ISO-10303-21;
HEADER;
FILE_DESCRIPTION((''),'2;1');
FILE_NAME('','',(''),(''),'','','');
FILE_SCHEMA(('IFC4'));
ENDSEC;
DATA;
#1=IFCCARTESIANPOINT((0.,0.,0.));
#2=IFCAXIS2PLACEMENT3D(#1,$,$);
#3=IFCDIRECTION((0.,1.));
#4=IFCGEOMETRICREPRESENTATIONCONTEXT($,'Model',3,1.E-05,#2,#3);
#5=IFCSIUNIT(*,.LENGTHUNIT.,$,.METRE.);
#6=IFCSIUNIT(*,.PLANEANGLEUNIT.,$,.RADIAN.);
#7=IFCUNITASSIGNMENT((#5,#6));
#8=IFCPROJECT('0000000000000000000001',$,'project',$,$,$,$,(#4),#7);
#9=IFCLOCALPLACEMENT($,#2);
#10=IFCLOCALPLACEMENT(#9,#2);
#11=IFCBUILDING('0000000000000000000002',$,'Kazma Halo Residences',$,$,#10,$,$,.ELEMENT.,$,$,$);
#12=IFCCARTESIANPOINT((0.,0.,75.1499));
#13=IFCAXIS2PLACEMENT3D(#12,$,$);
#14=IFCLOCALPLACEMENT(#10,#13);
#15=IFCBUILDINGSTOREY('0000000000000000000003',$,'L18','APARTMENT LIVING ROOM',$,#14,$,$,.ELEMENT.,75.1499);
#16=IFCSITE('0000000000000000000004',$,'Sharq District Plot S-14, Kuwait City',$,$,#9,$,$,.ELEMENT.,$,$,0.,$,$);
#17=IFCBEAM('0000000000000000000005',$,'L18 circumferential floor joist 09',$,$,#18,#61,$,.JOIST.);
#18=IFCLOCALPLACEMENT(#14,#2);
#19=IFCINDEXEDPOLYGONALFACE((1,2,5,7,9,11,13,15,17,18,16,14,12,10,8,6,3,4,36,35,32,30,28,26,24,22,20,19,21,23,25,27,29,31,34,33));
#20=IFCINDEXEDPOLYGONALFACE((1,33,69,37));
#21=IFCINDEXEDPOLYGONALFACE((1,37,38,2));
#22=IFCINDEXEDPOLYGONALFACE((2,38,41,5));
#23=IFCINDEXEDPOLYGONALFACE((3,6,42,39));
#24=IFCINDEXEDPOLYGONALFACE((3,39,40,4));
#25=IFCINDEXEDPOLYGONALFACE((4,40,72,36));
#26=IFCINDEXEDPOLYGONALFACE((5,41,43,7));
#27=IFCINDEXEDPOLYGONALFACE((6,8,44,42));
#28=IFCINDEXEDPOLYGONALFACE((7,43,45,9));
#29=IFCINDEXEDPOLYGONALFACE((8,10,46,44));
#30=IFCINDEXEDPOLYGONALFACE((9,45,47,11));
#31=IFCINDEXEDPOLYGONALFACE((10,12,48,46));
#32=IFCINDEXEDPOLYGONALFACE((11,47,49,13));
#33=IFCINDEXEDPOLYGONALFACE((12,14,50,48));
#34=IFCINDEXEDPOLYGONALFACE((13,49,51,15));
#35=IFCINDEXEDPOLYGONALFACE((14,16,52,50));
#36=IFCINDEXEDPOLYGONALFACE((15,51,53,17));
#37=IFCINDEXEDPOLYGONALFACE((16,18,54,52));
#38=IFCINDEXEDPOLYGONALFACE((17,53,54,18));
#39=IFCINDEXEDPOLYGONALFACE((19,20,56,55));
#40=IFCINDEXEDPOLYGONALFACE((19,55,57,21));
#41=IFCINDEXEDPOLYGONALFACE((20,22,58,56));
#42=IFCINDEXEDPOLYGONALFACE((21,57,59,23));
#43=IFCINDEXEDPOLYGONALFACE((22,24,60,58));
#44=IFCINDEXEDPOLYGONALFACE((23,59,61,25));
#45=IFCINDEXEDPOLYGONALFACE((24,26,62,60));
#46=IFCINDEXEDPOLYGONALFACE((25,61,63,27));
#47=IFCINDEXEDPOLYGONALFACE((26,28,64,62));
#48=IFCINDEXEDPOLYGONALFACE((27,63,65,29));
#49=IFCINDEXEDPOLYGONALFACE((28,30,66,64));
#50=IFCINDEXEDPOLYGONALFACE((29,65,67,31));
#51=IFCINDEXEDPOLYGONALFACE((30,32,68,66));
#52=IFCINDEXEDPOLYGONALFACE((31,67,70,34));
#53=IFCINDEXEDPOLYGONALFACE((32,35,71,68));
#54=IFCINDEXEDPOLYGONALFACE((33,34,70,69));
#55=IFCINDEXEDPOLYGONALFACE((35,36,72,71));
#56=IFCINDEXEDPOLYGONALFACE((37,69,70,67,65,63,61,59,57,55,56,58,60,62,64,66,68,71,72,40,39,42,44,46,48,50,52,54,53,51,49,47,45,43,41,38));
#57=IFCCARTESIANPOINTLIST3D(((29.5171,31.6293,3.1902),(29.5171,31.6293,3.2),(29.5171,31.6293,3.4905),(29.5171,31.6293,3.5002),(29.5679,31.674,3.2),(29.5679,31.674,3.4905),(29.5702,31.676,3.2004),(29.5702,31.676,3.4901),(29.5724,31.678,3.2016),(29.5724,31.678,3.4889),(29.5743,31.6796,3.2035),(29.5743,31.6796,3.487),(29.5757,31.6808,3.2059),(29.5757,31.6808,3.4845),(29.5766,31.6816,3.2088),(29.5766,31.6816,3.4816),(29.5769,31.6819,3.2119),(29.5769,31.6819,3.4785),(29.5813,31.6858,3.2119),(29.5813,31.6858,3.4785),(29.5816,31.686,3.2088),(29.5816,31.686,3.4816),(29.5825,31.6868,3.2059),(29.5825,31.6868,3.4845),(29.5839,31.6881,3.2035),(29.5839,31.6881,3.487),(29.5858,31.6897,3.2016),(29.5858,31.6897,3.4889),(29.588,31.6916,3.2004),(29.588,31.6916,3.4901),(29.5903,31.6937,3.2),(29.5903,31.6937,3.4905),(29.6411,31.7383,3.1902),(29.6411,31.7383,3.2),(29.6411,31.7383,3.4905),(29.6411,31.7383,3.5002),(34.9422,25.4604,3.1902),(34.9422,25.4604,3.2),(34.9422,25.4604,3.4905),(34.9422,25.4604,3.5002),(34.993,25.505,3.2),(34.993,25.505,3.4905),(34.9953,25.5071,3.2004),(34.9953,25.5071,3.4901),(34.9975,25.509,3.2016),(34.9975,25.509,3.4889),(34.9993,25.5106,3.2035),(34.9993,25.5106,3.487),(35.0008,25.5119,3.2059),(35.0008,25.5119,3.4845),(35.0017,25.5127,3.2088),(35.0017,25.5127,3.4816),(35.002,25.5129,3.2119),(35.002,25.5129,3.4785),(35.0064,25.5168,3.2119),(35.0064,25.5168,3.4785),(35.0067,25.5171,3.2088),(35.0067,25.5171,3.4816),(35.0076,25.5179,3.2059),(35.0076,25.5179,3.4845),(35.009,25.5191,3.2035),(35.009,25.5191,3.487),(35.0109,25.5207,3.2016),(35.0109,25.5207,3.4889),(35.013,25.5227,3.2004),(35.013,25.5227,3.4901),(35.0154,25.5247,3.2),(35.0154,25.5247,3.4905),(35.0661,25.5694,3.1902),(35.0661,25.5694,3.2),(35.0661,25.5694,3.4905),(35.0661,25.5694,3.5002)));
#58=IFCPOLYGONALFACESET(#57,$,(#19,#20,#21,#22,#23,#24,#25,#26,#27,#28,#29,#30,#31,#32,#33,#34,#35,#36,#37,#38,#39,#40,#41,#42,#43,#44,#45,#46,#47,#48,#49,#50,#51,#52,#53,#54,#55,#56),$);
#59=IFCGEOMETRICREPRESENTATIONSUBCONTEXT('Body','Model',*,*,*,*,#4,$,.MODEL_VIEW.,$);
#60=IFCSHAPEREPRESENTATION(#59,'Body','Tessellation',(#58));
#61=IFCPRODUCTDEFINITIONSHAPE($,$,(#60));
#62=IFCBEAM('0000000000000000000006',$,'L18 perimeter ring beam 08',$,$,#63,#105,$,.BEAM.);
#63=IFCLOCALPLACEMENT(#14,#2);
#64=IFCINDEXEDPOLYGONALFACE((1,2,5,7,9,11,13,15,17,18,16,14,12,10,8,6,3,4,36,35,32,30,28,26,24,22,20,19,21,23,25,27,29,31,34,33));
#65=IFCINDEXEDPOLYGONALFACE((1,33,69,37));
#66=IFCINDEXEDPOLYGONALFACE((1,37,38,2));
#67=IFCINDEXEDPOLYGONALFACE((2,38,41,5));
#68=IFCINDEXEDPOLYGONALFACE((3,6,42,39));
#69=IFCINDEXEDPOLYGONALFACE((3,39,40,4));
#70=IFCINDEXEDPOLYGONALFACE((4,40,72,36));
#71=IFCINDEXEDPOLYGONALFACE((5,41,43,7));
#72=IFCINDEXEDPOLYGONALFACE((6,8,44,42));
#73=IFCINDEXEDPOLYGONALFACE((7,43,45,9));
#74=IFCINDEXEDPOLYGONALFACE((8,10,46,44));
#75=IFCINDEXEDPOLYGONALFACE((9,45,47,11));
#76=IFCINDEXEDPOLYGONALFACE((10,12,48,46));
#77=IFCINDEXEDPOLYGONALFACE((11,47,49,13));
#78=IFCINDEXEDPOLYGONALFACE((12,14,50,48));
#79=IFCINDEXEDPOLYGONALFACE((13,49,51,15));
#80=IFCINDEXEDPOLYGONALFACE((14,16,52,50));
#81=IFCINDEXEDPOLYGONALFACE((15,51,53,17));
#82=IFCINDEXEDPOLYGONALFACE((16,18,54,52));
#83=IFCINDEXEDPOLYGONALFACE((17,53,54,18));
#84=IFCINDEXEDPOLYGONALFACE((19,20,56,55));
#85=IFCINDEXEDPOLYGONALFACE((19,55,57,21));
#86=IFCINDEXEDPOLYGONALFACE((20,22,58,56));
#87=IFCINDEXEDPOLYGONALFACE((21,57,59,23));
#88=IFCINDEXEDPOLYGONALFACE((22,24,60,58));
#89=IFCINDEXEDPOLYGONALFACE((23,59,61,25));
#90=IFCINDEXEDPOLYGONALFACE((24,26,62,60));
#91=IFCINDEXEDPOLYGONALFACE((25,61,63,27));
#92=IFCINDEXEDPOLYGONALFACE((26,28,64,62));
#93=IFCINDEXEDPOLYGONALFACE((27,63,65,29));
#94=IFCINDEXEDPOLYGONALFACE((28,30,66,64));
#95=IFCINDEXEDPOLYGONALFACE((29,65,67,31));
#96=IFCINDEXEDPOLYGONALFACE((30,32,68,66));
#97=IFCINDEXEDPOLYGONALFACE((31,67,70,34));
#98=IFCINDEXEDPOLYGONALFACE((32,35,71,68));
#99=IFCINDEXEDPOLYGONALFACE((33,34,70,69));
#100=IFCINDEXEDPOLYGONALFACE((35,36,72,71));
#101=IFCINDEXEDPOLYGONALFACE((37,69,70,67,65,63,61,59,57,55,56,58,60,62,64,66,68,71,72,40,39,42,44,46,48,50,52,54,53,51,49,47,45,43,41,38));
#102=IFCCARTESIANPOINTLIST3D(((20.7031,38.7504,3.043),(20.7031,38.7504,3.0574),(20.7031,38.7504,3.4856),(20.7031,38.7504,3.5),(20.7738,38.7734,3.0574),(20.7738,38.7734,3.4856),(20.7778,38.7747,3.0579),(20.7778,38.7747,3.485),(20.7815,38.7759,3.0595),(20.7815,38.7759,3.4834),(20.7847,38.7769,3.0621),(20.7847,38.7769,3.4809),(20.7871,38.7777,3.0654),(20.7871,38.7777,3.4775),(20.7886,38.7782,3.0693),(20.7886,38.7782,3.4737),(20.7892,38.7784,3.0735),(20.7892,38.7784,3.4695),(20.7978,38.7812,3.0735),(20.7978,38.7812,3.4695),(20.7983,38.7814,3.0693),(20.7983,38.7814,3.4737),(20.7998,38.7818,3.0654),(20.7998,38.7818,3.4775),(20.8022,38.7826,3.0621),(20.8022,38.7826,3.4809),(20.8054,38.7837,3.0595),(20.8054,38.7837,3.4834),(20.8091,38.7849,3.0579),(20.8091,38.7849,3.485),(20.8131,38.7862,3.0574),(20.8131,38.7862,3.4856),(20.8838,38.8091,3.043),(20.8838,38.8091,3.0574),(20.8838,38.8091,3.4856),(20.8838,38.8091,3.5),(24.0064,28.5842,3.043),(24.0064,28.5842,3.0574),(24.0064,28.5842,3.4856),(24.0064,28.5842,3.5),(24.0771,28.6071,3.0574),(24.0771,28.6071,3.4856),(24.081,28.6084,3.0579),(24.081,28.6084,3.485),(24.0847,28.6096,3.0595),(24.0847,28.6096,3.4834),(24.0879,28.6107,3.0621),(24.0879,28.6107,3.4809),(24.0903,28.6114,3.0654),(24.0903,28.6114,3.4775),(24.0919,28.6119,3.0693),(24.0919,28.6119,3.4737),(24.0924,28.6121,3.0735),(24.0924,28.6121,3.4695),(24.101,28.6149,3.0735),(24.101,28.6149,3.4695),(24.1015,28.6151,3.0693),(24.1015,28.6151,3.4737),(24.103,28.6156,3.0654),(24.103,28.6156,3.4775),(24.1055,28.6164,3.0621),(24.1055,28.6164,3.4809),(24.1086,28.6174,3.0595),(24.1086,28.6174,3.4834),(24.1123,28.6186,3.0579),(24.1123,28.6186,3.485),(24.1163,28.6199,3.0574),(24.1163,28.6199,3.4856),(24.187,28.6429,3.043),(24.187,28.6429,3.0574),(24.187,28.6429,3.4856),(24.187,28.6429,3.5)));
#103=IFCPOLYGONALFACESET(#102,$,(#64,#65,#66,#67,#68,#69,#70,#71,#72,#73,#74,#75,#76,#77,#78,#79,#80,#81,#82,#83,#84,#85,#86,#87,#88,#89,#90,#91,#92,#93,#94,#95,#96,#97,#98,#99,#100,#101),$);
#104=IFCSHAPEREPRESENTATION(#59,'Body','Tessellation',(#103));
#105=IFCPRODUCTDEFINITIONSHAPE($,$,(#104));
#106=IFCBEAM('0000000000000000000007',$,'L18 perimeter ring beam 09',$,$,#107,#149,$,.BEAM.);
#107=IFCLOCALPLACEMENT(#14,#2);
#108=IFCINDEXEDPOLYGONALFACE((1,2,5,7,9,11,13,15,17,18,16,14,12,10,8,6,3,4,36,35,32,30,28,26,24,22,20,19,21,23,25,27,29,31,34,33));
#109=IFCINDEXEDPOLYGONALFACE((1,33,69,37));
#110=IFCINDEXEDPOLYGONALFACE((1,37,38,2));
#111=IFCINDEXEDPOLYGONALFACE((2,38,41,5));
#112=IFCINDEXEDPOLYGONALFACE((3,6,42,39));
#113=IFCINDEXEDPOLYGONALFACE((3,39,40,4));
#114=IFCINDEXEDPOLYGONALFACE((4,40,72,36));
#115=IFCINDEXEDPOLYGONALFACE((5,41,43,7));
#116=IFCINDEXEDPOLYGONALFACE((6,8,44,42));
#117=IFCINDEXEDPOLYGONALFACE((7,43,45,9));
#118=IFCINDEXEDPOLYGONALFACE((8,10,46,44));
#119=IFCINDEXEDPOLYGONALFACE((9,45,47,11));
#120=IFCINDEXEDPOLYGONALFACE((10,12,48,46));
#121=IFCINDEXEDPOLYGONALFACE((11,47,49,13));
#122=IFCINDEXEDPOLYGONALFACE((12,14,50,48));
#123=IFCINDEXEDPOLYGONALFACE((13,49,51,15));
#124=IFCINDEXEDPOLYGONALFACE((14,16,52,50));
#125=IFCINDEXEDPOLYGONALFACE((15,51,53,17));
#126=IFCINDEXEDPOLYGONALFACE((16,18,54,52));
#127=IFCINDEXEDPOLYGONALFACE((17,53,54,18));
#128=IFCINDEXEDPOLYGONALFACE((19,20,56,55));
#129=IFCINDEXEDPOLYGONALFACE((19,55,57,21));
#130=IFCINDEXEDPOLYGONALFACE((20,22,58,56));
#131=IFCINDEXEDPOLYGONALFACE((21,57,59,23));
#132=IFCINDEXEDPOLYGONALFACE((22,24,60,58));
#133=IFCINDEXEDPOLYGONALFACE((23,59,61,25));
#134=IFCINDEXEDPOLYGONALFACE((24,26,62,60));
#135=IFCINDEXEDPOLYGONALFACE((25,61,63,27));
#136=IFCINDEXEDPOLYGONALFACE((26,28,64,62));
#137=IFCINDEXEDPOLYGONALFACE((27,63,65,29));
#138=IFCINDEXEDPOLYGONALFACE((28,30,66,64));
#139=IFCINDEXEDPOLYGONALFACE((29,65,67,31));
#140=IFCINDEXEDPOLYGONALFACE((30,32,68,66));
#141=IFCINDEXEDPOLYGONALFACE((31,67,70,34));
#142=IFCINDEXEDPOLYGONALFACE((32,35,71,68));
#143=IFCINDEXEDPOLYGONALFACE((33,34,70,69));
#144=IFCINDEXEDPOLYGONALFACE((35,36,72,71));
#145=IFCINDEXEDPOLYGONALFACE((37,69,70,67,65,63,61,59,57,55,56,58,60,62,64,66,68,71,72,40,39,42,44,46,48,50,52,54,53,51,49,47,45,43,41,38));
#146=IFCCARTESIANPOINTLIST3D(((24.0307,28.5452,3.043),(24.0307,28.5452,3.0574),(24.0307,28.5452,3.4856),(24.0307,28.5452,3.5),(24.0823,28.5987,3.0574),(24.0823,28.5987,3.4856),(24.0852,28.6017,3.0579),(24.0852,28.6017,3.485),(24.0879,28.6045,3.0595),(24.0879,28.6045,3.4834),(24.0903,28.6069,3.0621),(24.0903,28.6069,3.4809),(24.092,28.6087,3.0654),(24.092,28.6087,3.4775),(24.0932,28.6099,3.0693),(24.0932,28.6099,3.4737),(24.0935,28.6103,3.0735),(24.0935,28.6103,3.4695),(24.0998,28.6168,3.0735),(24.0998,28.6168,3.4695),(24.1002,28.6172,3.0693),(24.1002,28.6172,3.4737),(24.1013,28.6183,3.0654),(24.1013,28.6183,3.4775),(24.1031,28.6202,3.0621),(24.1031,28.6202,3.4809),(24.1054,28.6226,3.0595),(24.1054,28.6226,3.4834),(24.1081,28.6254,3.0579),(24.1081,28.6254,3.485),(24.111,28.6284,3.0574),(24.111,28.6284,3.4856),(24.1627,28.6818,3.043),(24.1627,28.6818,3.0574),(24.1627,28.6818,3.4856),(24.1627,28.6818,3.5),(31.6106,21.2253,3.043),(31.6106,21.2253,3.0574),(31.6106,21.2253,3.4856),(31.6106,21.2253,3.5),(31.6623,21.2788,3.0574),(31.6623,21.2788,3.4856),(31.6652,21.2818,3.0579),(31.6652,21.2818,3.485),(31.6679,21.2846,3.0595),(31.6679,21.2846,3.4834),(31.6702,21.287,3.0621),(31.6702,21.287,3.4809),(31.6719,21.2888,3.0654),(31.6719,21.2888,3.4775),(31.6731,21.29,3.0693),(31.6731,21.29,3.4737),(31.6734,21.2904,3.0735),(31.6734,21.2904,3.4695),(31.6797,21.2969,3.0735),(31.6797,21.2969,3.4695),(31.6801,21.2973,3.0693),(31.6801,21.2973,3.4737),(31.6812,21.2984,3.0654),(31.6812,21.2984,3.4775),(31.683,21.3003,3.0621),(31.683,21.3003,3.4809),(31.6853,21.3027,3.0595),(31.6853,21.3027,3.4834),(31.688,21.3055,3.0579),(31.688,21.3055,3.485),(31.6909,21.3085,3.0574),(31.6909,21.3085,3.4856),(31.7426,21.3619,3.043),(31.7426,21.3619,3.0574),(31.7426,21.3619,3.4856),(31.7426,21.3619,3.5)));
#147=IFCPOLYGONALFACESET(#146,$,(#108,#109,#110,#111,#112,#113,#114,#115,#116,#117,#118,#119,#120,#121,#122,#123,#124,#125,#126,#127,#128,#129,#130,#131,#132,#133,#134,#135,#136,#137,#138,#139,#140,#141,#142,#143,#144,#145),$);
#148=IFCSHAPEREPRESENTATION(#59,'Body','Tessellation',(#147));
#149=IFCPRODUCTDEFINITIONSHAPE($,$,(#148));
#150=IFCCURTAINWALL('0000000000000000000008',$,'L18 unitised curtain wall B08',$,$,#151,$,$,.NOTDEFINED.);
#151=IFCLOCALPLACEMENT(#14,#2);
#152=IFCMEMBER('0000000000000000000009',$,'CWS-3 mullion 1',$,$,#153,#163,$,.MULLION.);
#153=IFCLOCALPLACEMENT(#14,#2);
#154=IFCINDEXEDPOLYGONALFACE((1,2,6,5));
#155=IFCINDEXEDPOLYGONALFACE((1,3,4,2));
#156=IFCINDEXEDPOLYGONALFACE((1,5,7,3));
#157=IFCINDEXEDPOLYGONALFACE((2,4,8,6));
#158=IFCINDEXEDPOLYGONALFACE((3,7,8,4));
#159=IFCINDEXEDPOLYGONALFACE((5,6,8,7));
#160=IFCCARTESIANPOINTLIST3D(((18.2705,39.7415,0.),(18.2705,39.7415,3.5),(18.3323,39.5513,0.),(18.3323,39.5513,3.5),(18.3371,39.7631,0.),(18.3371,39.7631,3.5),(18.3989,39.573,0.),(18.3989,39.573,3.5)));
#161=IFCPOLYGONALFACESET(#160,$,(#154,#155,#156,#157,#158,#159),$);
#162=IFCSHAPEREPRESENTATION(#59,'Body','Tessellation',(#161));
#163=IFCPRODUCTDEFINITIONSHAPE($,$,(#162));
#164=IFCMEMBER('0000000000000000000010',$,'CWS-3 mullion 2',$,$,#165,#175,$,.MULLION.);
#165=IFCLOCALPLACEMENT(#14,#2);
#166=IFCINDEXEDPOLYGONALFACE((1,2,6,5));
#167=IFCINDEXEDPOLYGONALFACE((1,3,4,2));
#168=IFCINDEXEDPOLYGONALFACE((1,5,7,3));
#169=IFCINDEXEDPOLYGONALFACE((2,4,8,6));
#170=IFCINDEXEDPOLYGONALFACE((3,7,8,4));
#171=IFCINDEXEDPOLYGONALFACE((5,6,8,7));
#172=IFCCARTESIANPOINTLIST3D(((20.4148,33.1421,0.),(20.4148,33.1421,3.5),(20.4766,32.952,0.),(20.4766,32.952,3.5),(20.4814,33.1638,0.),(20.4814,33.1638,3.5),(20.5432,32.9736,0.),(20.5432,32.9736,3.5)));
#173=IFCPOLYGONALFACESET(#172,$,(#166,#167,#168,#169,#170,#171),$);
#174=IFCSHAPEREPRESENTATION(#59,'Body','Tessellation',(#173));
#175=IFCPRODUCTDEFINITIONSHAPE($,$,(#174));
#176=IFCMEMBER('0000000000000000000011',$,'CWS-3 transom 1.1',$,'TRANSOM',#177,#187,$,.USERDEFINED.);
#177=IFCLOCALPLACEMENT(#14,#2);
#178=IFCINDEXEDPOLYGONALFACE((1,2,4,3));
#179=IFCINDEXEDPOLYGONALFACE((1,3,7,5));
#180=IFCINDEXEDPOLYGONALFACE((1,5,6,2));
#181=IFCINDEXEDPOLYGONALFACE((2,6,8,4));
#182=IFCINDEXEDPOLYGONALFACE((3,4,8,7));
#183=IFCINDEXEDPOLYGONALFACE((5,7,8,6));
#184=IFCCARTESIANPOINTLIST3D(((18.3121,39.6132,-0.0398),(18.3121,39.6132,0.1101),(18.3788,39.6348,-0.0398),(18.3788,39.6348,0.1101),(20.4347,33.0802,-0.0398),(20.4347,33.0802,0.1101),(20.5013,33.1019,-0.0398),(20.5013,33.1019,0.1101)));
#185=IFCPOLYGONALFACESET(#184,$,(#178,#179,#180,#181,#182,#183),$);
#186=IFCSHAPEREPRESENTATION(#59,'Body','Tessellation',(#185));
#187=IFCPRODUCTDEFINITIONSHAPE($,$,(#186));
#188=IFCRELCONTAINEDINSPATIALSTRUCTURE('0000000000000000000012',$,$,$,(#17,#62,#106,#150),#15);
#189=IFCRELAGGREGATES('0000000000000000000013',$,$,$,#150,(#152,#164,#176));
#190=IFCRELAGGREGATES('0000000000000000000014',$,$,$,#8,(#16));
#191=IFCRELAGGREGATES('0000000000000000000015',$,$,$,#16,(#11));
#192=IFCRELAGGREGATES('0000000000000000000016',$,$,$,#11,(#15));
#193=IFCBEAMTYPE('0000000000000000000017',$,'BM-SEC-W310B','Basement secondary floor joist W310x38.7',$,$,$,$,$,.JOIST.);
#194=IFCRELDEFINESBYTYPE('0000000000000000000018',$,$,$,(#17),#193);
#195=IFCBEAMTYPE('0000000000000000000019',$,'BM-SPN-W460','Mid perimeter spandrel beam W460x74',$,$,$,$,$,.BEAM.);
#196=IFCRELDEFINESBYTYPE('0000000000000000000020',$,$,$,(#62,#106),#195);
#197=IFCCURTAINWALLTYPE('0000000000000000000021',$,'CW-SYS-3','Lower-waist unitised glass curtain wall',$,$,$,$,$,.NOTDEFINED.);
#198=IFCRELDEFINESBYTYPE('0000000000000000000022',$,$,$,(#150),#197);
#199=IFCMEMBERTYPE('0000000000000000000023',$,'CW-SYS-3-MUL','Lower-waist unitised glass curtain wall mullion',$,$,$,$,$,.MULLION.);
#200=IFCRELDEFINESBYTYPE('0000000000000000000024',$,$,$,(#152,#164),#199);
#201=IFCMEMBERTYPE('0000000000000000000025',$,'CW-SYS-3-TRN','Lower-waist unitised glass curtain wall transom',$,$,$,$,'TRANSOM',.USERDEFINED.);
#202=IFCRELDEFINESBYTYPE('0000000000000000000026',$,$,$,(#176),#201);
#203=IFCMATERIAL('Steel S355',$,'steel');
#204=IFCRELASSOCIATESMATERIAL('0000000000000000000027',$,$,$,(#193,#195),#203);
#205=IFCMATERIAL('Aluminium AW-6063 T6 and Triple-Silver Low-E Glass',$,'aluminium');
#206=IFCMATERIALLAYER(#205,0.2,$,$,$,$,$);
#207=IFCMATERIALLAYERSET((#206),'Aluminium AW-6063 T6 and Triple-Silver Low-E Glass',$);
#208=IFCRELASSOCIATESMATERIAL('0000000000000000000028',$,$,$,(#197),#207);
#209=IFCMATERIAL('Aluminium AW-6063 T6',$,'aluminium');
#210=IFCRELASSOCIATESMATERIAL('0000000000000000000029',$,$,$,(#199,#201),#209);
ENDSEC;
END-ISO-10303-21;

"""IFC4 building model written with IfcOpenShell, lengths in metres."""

from ifc_helpers import new_model, si_unit, direction, frame, origin, origin_2d, place, context, subcontext, project, spatial, rectangle, i_section, extrude, material, layer, layer_set, material_profile, profile_set, type_object, element, aggregate, save


model = new_model("IFC4")

# Units and contexts
model_context = context("Model", 3, precision=1e-05, world=origin(), true_north=direction((0.0, 1.0)))
body_context = subcontext(model_context, "Body", "Model", "MODEL_VIEW")
ifc_project = project(units=[si_unit("LENGTHUNIT", "METRE"), si_unit("PLANEANGLEUNIT", "RADIAN")], contexts=[model_context])

# Site, building, storey
site_placement = place(None, origin())
site = spatial("IfcSite", under=ifc_project, at=site_placement, Name="Sharq District Plot S-14, Kuwait City", CompositionType="ELEMENT", RefElevation=0.0)
building_placement = place(site_placement, origin())
building = spatial("IfcBuilding", under=site, at=building_placement, Name="Kazma Halo Residences", CompositionType="ELEMENT")
storey_placement = place(building_placement, frame((0.0, 0.0, 75.1499)))
storey = spatial("IfcBuildingStorey", under=building, at=storey_placement, Name="L18", Description="APARTMENT LIVING ROOM", CompositionType="ELEMENT", Elevation=75.1499)

# Beams
ifc_material_1 = material(Name="Steel S355", Category="steel")
ifc_material_profile_1 = material_profile(ifc_material_1, i_section(OverallWidth=0.165, OverallDepth=0.3101, WebThickness=0.0059, FlangeThickness=0.0098, FilletRadius=0.012, at=origin_2d()), Name="W310x38.7")
ifc_profile_set_1 = profile_set([ifc_material_profile_1], Name="Steel S355")
beam_type_1 = type_object("IfcBeamType", Name="BM-SEC-W310B", Description="Basement secondary floor joist W310x38.7", PredefinedType="JOIST", material=ifc_profile_set_1)
beam_1_placement = place(storey_placement, frame((29.5791, 31.6838, 3.3452), z_axis=(0.660379, -0.750932, 0.0), x_axis=(0.750932, 0.660379, 0.0)))
element("IfcBeam", 1, at=beam_1_placement, inside=storey, type_object=beam_type_1, Name="L18 circumferential floor joist 09", PredefinedType="JOIST", context=body_context, shape_type="SweptSolid", body=[
    extrude(i_section(OverallWidth=0.165, OverallDepth=0.3101, WebThickness=0.0059, FlangeThickness=0.0098, FilletRadius=0.012, at=origin_2d()), origin(), (0.0, 0.0, 1.0), 8.2151),
])
ifc_material_profile_2 = material_profile(ifc_material_1, i_section(OverallWidth=0.1899, OverallDepth=0.457, WebThickness=0.009, FlangeThickness=0.0144, FilletRadius=0.0161, at=origin_2d()), Name="W460x74")
ifc_profile_set_2 = profile_set([ifc_material_profile_2], Name="Steel S355")
beam_type_2 = type_object("IfcBeamType", Name="BM-SPN-W460", Description="Mid perimeter spandrel beam W460x74", PredefinedType="BEAM", material=ifc_profile_set_2)
beam_2_placement = place(storey_placement, frame((20.7935, 38.7798, 3.2715), z_axis=(0.309017, -0.951056, 0.0), x_axis=(0.951056, 0.309017, 0.0)))
element("IfcBeam", 2, at=beam_2_placement, inside=storey, type_object=beam_type_2, Name="L18 perimeter ring beam 08", PredefinedType="BEAM", context=body_context, shape_type="SweptSolid", body=[
    extrude(i_section(OverallWidth=0.1899, OverallDepth=0.457, WebThickness=0.009, FlangeThickness=0.0144, FilletRadius=0.0161, at=origin_2d()), origin(), (0.0, 0.0, 1.0), 10.6895),
])
beam_3_placement = place(storey_placement, frame((24.0967, 28.6135, 3.2715), z_axis=(0.719337, -0.694661, 0.0), x_axis=(0.694661, 0.719337, 0.0)))
element("IfcBeam", 3, at=beam_3_placement, inside=storey, type_object=beam_type_2, Name="L18 perimeter ring beam 09", PredefinedType="BEAM", context=body_context, shape_type="SweptSolid", body=[
    extrude(i_section(OverallWidth=0.1899, OverallDepth=0.457, WebThickness=0.009, FlangeThickness=0.0144, FilletRadius=0.0161, at=origin_2d()), origin(), (0.0, 0.0, 1.0), 10.5374),
])

# Curtain wall, members
ifc_material_2 = material(Name="Aluminium AW-6063 T6 and Triple-Silver Low-E Glass", Category="aluminium")
ifc_layer_1 = layer(ifc_material_2, 0.2)
ifc_layer_set_1 = layer_set([ifc_layer_1], Name="Aluminium AW-6063 T6 and Triple-Silver Low-E Glass")
curtain_wall_type = type_object("IfcCurtainWallType", Name="CW-SYS-3", Description="Lower-waist unitised glass curtain wall", PredefinedType="NOTDEFINED", material=ifc_layer_set_1)
curtain_wall_placement = place(storey_placement, origin())
curtain_wall = element("IfcCurtainWall", 4, at=curtain_wall_placement, inside=storey, type_object=curtain_wall_type, Name="L18 unitised curtain wall B08", PredefinedType="NOTDEFINED")
ifc_material_3 = material(Name="Aluminium AW-6063 T6", Category="aluminium")
ifc_material_profile_3 = material_profile(ifc_material_3, rectangle(XDim=0.0701, YDim=0.2, at=origin_2d()), Name="CWM-70x200")
ifc_profile_set_3 = profile_set([ifc_material_profile_3], Name="Aluminium AW-6063 T6")
member_type_1 = type_object("IfcMemberType", Name="CW-SYS-3-MUL", Description="Lower-waist unitised glass curtain wall mullion", PredefinedType="MULLION", material=ifc_profile_set_3)
member_1_placement = place(storey_placement, frame((18.3347, 39.6572, 0.0), z_axis=(0.0, 0.0, 1.0), x_axis=(0.951058, 0.309013, 0.0)))
member_1 = element("IfcMember", 5, at=member_1_placement, type_object=member_type_1, Name="CWS-3 mullion 1", PredefinedType="MULLION", context=body_context, shape_type="SweptSolid", body=[
    extrude(rectangle(XDim=0.0701, YDim=0.2, at=origin_2d()), origin(), (0.0, 0.0, 1.0), 3.5),
])
member_2_placement = place(storey_placement, frame((20.479, 33.0579, 0.0), z_axis=(0.0, 0.0, 1.0), x_axis=(0.951058, 0.309013, 0.0)))
member_2 = element("IfcMember", 6, at=member_2_placement, type_object=member_type_1, Name="CWS-3 mullion 2", PredefinedType="MULLION", context=body_context, shape_type="SweptSolid", body=[
    extrude(rectangle(XDim=0.0701, YDim=0.2, at=origin_2d()), origin(), (0.0, 0.0, 1.0), 3.5),
])
ifc_material_profile_4 = material_profile(ifc_material_3, rectangle(XDim=0.0701, YDim=0.1499, at=origin_2d()), Name="CWT-70x150")
ifc_profile_set_4 = profile_set([ifc_material_profile_4], Name="Aluminium AW-6063 T6")
member_type_2 = type_object("IfcMemberType", Name="CW-SYS-3-TRN", Description="Lower-waist unitised glass curtain wall transom", ElementType="TRANSOM", PredefinedType="USERDEFINED", material=ifc_profile_set_4)
member_3_placement = place(storey_placement, frame((18.3455, 39.624, 0.0352), z_axis=(0.309, -0.951062, 0.0), x_axis=(0.951062, 0.309, 0.0)))
member_3 = element("IfcMember", 7, at=member_3_placement, type_object=member_type_2, Name="CWS-3 transom 1.1", ObjectType="TRANSOM", PredefinedType="USERDEFINED", context=body_context, shape_type="SweptSolid", body=[
    extrude(rectangle(XDim=0.0701, YDim=0.1499, at=origin_2d()), origin(), (0.0, 0.0, 1.0), 6.8691),
])
aggregate(curtain_wall, [member_1, member_2, member_3])

save(model, "model.ifc")
